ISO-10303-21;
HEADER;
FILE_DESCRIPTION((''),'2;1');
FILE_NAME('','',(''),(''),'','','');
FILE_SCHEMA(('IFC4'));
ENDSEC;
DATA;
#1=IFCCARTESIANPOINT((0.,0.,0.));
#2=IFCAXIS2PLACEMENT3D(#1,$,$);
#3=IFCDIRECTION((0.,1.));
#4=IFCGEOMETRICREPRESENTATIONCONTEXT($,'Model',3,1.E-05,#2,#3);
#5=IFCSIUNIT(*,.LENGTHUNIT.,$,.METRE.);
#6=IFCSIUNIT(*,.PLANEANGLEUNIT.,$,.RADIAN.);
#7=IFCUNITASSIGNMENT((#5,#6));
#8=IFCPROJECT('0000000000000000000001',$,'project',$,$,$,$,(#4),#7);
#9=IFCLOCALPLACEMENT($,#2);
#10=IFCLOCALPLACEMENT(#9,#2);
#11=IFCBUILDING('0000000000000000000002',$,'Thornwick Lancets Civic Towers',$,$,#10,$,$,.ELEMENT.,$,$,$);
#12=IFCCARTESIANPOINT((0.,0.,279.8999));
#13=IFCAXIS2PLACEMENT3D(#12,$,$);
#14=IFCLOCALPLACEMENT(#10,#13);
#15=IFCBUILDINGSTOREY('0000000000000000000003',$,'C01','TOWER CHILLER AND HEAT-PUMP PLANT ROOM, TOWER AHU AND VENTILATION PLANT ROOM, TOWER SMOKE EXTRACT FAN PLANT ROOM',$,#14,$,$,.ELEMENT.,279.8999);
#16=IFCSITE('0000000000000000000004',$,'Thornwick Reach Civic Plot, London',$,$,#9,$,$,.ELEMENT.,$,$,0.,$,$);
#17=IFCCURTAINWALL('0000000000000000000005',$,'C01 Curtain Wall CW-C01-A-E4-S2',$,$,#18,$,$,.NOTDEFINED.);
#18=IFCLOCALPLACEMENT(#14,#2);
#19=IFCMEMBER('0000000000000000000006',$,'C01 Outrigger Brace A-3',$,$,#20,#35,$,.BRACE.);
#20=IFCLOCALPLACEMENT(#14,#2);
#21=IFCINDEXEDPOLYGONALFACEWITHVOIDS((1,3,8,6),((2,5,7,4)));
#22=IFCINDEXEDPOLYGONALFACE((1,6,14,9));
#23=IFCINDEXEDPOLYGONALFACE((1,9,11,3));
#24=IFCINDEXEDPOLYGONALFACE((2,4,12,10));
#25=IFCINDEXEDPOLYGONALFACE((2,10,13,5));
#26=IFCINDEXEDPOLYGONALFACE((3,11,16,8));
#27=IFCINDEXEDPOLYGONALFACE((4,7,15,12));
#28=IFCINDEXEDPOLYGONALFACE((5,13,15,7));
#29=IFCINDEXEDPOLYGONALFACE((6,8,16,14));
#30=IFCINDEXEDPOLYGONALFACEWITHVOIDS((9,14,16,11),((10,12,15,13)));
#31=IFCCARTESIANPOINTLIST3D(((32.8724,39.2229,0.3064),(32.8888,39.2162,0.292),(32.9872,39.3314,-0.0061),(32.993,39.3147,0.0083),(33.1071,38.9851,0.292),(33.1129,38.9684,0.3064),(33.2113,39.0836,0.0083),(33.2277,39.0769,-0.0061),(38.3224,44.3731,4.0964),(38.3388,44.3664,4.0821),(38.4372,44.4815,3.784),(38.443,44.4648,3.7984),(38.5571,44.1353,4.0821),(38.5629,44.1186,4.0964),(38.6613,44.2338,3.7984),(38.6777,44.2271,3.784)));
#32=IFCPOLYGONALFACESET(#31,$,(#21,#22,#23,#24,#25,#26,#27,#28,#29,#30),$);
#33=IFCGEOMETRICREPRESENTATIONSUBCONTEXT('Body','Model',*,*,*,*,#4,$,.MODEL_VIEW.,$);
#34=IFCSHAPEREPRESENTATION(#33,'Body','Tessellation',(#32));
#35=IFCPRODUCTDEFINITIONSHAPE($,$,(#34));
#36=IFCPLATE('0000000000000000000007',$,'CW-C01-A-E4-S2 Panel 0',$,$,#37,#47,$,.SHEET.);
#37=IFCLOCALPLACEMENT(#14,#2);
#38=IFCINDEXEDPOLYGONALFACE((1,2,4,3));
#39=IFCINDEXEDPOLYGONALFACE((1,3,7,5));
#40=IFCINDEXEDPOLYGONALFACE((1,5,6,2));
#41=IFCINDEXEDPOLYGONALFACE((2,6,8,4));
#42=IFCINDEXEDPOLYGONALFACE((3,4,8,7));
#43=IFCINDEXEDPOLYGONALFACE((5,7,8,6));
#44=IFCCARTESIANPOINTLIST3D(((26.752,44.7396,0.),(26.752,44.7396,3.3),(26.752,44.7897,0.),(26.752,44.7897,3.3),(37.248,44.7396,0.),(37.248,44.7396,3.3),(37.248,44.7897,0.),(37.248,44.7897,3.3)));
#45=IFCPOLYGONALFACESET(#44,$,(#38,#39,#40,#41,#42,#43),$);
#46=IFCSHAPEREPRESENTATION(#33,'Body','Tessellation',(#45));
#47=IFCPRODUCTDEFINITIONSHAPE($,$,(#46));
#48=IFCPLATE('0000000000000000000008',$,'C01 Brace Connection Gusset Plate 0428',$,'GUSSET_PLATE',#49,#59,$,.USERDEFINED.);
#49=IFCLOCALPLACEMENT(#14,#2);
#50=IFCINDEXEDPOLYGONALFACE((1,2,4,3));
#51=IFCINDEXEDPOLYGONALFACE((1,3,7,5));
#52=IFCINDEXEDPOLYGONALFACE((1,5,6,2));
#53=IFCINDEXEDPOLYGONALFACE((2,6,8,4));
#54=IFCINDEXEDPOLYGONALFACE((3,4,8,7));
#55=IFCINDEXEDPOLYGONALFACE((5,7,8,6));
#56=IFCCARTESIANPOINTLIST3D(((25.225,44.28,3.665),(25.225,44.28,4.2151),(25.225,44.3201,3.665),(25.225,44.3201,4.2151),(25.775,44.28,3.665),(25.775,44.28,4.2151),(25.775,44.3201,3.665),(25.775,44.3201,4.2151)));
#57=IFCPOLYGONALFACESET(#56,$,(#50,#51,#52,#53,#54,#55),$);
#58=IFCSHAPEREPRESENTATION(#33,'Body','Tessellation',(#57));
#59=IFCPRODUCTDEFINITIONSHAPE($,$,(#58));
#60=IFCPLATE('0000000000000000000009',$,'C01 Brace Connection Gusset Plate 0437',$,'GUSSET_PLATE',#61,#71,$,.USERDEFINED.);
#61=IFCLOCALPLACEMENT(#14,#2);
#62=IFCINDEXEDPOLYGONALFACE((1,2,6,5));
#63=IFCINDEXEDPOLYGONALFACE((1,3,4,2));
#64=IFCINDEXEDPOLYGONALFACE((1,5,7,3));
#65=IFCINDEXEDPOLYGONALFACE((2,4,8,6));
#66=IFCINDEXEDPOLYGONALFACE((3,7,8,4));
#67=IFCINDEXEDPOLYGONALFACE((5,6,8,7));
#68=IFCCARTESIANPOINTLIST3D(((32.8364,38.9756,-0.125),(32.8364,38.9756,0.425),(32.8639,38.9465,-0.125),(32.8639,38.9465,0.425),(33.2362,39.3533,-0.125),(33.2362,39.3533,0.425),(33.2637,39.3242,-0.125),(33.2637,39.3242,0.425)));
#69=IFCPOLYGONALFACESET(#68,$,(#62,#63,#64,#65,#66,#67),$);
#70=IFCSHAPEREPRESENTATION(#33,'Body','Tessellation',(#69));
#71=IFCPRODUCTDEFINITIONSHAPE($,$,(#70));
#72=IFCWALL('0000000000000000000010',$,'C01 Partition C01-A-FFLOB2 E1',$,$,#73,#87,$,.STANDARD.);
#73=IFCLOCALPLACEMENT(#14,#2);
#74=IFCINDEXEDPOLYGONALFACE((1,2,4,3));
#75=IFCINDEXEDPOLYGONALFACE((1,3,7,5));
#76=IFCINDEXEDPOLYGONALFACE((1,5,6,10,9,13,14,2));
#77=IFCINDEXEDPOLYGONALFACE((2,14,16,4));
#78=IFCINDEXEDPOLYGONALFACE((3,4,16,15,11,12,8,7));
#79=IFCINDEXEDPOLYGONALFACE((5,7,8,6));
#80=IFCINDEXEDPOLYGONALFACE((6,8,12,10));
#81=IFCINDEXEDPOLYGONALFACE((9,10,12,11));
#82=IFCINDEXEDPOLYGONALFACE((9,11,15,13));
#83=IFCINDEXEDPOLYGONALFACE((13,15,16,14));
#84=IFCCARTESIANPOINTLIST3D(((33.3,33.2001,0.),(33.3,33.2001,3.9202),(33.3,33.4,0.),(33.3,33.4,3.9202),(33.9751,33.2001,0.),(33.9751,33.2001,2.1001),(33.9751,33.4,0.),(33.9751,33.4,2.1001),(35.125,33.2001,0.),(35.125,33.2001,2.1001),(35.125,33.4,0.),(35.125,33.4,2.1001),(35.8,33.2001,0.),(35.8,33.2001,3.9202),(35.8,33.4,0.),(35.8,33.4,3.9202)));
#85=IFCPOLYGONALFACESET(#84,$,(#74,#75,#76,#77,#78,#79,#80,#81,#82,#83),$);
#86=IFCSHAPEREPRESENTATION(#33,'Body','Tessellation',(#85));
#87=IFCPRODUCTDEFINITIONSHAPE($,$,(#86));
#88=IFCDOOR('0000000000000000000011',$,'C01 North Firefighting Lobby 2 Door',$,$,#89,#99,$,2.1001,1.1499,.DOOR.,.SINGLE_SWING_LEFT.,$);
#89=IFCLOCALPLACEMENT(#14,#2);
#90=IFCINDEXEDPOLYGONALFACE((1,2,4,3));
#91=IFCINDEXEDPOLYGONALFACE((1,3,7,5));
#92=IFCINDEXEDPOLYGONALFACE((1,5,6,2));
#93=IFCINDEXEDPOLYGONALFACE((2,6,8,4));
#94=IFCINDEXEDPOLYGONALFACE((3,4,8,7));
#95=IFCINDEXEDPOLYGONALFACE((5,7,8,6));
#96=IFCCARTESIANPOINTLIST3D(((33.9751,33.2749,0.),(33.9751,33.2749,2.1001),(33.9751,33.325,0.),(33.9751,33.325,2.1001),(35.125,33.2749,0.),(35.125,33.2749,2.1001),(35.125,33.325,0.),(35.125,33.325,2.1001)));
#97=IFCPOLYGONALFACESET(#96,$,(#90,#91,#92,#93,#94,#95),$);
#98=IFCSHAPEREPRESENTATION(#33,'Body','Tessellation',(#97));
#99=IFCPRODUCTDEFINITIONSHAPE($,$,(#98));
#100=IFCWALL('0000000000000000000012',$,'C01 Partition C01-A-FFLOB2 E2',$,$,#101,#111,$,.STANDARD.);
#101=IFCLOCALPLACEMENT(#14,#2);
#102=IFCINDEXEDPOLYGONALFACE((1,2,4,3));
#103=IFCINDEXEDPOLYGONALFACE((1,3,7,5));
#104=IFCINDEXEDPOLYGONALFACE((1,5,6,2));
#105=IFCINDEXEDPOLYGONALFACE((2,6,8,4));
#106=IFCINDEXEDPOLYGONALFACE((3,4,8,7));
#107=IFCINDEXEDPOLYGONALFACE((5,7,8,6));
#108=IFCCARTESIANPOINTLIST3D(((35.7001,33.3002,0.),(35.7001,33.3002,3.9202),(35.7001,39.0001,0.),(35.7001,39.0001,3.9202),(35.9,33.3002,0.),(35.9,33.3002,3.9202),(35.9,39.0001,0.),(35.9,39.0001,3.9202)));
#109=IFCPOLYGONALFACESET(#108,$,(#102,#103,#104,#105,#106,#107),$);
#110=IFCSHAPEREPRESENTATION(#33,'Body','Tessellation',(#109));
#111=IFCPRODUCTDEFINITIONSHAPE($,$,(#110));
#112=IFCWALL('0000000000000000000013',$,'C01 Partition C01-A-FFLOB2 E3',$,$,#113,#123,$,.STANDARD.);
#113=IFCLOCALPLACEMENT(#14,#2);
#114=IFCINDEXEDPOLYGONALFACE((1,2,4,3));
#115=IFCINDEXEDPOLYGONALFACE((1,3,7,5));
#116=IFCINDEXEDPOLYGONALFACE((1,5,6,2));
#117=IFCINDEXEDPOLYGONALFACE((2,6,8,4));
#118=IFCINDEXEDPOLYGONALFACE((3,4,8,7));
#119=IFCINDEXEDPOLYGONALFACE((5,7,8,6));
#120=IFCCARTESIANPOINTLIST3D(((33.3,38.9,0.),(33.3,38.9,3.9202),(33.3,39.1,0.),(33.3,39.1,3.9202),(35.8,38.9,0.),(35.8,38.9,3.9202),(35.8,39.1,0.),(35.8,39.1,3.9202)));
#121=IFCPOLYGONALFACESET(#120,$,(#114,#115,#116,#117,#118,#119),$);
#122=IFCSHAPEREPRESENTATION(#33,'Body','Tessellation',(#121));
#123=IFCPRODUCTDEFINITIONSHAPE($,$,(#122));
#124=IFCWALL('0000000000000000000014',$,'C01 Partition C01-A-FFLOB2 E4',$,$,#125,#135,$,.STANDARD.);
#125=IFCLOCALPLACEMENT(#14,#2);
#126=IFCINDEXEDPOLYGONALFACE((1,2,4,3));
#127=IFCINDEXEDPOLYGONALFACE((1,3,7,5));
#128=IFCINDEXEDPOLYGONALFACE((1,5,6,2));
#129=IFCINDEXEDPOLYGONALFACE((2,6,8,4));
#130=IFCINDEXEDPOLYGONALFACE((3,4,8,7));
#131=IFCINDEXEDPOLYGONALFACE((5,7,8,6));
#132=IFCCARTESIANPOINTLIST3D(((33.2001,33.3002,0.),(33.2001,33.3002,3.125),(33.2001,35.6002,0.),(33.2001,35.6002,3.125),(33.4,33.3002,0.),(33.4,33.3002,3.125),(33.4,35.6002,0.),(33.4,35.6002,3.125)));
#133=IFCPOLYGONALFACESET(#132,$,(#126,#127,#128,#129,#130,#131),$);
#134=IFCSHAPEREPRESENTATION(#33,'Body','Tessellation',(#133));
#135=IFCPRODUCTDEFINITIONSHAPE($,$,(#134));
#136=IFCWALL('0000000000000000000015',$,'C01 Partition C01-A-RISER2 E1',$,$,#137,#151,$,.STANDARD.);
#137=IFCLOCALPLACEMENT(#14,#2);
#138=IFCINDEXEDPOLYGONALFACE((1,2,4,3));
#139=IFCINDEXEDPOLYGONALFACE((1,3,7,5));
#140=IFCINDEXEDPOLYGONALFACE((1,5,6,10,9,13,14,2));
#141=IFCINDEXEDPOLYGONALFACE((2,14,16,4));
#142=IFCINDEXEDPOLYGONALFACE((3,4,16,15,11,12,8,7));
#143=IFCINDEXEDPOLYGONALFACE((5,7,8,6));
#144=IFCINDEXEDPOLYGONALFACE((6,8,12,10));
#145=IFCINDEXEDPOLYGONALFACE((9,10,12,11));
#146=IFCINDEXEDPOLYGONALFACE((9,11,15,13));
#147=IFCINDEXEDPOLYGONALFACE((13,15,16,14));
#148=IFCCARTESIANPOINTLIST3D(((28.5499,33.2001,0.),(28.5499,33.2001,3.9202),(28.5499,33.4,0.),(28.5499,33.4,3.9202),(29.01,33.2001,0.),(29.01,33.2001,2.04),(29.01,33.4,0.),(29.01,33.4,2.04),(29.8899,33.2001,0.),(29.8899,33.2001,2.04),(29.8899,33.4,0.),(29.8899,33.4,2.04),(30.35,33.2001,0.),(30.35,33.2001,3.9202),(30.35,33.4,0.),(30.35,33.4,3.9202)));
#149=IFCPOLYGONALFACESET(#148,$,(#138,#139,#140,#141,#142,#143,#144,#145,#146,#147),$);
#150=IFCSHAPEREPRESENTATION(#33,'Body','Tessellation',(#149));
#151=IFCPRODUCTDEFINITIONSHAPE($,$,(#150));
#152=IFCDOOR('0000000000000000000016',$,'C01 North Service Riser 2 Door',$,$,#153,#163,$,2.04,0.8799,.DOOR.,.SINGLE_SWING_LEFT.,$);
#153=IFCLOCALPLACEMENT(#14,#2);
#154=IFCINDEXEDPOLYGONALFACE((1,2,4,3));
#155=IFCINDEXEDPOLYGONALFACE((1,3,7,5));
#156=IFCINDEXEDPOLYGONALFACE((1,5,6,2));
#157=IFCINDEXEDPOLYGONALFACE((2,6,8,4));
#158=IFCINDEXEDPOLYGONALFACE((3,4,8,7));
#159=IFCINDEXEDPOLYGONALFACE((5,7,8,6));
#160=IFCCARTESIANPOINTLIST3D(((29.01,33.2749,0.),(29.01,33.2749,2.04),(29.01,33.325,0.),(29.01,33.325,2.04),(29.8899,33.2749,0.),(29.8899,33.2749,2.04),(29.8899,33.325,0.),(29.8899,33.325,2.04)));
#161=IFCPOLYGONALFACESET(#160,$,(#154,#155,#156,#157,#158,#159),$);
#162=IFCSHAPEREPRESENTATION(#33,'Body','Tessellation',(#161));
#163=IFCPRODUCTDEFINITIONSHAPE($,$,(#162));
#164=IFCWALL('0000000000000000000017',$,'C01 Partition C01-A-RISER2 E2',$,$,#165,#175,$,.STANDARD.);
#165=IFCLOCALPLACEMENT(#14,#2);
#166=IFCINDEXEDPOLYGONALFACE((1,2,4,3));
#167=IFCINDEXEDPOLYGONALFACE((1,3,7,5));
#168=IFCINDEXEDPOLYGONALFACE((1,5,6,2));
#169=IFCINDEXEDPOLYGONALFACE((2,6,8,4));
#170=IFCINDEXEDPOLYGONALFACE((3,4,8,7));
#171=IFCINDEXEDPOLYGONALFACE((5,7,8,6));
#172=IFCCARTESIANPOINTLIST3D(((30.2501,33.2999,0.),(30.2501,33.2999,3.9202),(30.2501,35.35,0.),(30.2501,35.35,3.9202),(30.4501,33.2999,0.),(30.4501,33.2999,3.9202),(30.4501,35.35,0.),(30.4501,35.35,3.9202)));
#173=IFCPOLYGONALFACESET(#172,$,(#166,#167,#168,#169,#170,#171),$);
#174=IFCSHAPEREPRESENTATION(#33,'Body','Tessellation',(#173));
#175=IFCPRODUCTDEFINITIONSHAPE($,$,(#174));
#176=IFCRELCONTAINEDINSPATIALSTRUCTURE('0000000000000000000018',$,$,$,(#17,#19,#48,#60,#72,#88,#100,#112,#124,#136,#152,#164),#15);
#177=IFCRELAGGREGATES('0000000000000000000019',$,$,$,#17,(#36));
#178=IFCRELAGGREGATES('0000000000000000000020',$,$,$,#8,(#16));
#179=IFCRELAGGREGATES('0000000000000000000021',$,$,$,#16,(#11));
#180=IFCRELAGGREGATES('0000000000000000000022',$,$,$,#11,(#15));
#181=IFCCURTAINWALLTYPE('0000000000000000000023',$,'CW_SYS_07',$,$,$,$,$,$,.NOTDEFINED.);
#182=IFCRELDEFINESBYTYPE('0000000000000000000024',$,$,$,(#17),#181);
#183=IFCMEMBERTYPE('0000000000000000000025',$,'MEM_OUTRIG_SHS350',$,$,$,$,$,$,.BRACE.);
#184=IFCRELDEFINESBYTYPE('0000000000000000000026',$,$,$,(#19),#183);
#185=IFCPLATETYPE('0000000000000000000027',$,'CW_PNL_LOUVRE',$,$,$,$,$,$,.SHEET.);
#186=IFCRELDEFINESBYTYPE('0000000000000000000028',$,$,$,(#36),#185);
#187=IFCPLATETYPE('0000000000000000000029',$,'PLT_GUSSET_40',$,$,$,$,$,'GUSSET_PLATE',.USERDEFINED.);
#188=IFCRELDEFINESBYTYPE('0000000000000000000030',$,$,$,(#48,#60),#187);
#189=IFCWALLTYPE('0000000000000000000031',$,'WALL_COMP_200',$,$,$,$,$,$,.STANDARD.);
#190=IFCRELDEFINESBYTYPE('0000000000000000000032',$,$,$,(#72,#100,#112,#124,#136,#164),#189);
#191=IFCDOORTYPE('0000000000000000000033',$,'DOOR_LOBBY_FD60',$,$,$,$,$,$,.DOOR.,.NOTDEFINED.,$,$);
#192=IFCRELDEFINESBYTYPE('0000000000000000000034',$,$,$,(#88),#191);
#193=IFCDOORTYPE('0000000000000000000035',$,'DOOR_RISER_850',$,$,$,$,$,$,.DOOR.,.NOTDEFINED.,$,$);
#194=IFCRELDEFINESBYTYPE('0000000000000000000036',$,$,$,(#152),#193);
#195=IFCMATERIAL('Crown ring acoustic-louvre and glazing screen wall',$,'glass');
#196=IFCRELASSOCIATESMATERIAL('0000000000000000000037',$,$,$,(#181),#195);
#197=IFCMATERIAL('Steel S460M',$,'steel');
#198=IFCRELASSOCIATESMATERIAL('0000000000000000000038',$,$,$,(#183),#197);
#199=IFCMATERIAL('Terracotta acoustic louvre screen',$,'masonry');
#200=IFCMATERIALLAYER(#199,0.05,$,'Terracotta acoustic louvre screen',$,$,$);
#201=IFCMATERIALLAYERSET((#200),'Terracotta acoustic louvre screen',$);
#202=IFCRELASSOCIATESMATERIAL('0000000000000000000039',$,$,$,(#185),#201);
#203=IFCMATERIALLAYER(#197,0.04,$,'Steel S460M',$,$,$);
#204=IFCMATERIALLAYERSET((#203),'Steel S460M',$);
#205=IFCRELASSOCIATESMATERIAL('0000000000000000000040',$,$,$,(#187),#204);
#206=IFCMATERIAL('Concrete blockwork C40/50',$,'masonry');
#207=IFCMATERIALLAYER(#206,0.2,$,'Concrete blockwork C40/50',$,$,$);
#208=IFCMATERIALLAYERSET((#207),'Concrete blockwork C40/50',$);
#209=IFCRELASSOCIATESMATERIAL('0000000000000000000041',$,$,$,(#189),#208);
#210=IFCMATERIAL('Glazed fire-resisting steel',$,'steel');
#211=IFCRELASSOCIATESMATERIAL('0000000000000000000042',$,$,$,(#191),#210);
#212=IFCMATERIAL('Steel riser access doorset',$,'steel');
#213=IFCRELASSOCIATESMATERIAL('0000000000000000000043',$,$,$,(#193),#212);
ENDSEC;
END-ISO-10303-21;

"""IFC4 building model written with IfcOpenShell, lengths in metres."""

from ifc_helpers import new_model, si_unit, direction, frame, frame_2d, origin, origin_2d, place, context, subcontext, project, spatial, rectangle, hollow_rectangle, extrude, material, layer, layer_set, material_profile, profile_set, type_object, element, fill, aggregate, save


model = new_model("IFC4")

# Units and contexts
model_context = context("Model", 3, precision=1e-05, world=origin(), true_north=direction((0.0, 1.0)))
body_context = subcontext(model_context, "Body", "Model", "MODEL_VIEW")
ifc_project = project(units=[si_unit("LENGTHUNIT", "METRE"), si_unit("PLANEANGLEUNIT", "RADIAN")], contexts=[model_context])

# Site, building, storey
site_placement = place(None, origin())
site = spatial("IfcSite", under=ifc_project, at=site_placement, Name="Thornwick Reach Civic Plot, London", CompositionType="ELEMENT", RefElevation=0.0)
building_placement = place(site_placement, origin())
building = spatial("IfcBuilding", under=site, at=building_placement, Name="Thornwick Lancets Civic Towers", CompositionType="ELEMENT")
storey_placement = place(building_placement, frame((0.0, 0.0, 279.8999)))
storey = spatial("IfcBuildingStorey", under=building, at=storey_placement, Name="C01", Description="TOWER CHILLER AND HEAT-PUMP PLANT ROOM, TOWER AHU AND VENTILATION PLANT ROOM, TOWER SMOKE EXTRACT FAN PLANT ROOM", CompositionType="ELEMENT", Elevation=279.8999)

# Curtain wall
ifc_material_1 = material(Name="Crown ring acoustic-louvre and glazing screen wall", Category="glass")
curtain_wall_type = type_object("IfcCurtainWallType", Name="CW_SYS_07", PredefinedType="NOTDEFINED", material=ifc_material_1)
curtain_wall_placement = place(storey_placement, origin())
curtain_wall = element("IfcCurtainWall", 1, at=curtain_wall_placement, inside=storey, type_object=curtain_wall_type, Name="C01 Curtain Wall CW-C01-A-E4-S2", PredefinedType="NOTDEFINED")

# Member
ifc_material_2 = material(Name="Steel S460M", Category="steel")
ifc_material_profile_1 = material_profile(ifc_material_2, hollow_rectangle(XDim=0.3501, YDim=0.3501, WallThickness=0.0161, at=origin_2d()), Name="SHS 350x350x16")
ifc_profile_set_1 = profile_set([ifc_material_profile_1], Name="Steel S460M")
member_type_1 = type_object("IfcMemberType", Name="MEM_OUTRIG_SHS350", PredefinedType="BRACE", material=ifc_profile_set_1)
member_1_placement = place(storey_placement, frame((33.05, 39.1499, 0.1501), z_axis=(0.648664, 0.612981, 0.451098), x_axis=(-0.686833, 0.726815, 0.0)))
element("IfcMember", 2, at=member_1_placement, inside=storey, type_object=member_type_1, Name="C01 Outrigger Brace A-3", PredefinedType="BRACE", context=body_context, shape_type="SweptSolid", body=[
    extrude(hollow_rectangle(XDim=0.3501, YDim=0.3501, WallThickness=0.0161, at=origin_2d()), origin(), (0.0, 0.0, 1.0), 8.4019),
])

# Plate
ifc_material_3 = material(Name="Terracotta acoustic louvre screen", Category="masonry")
ifc_layer_1 = layer(ifc_material_3, 0.05, Name="Terracotta acoustic louvre screen")
ifc_layer_set_1 = layer_set([ifc_layer_1], Name="Terracotta acoustic louvre screen")
plate_type_1 = type_object("IfcPlateType", Name="CW_PNL_LOUVRE", PredefinedType="SHEET", material=ifc_layer_set_1)
plate_placement = place(storey_placement, frame((32.0, 44.7646, 0.0), z_axis=(0.0, 0.0, 1.0), x_axis=(-1.0, 0.0, 0.0)))
plate = element("IfcPlate", 3, at=plate_placement, type_object=plate_type_1, Name="CW-C01-A-E4-S2 Panel 0", PredefinedType="SHEET", context=body_context, shape_type="SweptSolid", body=[
    extrude(rectangle(XDim=10.4961, YDim=0.05, at=origin_2d()), origin(), (0.0, 0.0, 1.0), 3.3),
])
aggregate(curtain_wall, [plate])

# Plates
ifc_layer_2 = layer(ifc_material_2, 0.04, Name="Steel S460M")
ifc_layer_set_2 = layer_set([ifc_layer_2], Name="Steel S460M")
plate_type_2 = type_object("IfcPlateType", Name="PLT_GUSSET_40", ElementType="GUSSET_PLATE", PredefinedType="USERDEFINED", material=ifc_layer_set_2)
for number, where, z_axis, x_axis, name in (
    (4, (25.5, 44.3, 3.665), (0.0, 0.0, 1.0), (1.0, 0.0, 0.0), "C01 Brace Connection Gusset Plate 0428"),
    (5, (33.05, 39.1499, -0.125), (0.0, 0.0, 1.0), (0.726814, 0.686834, 0.0), "C01 Brace Connection Gusset Plate 0437"),
):
    element("IfcPlate", number, at=place(storey_placement, frame(where, z_axis=z_axis, x_axis=x_axis)), inside=storey, type_object=plate_type_2, Name=name, ObjectType="GUSSET_PLATE", PredefinedType="USERDEFINED", context=body_context, shape_type="SweptSolid", body=[
        extrude(rectangle(XDim=0.55, YDim=0.04, at=origin_2d()), origin(), (0.0, 0.0, 1.0), 0.55),
    ])

# Wall, opening, door
ifc_material_4 = material(Name="Concrete blockwork C40/50", Category="masonry")
ifc_layer_3 = layer(ifc_material_4, 0.2, Name="Concrete blockwork C40/50")
ifc_layer_set_3 = layer_set([ifc_layer_3], Name="Concrete blockwork C40/50")
wall_type_1 = type_object("IfcWallType", Name="WALL_COMP_200", PredefinedType="STANDARD", material=ifc_layer_set_3)
wall_1_placement = place(storey_placement, frame((33.3, 33.3, 0.0), z_axis=(0.0, 0.0, 1.0), x_axis=(1.0, 0.0, 0.0)))
wall_1 = element("IfcWall", 6, at=wall_1_placement, inside=storey, type_object=wall_type_1, Name="C01 Partition C01-A-FFLOB2 E1", PredefinedType="STANDARD", context=body_context, shape_type="SweptSolid", body=[
    extrude(rectangle(XDim=2.5, YDim=0.2, at=frame_2d((1.25, 0.0))), origin(), (0.0, 0.0, 1.0), 3.9202),
])
opening_1_placement = place(wall_1_placement, frame((0.675, 0.0, 0.0)))
opening_1 = element("IfcOpeningElement", 7, at=opening_1_placement, cuts=wall_1, PredefinedType="OPENING", context=body_context, shape_type="SweptSolid", body=[
    extrude(rectangle(XDim=1.1499, YDim=2.1001, at=frame_2d((0.575, 1.05))), frame((0.0, 0.1099, 0.0), z_axis=(0.0, -1.0, 0.0), x_axis=(1.0, 0.0, 0.0)), (0.0, 0.0, 1.0), 0.22),
])
ifc_material_5 = material(Name="Glazed fire-resisting steel", Category="steel")
door_type_1 = type_object("IfcDoorType", Name="DOOR_LOBBY_FD60", OperationType="NOTDEFINED", PredefinedType="DOOR", material=ifc_material_5)
door_1_placement = place(opening_1_placement, origin())
door_1 = element("IfcDoor", 8, at=door_1_placement, inside=storey, type_object=door_type_1, Name="C01 North Firefighting Lobby 2 Door", OperationType="SINGLE_SWING_LEFT", OverallHeight=2.1001, OverallWidth=1.1499, PredefinedType="DOOR", context=body_context, shape_type="SweptSolid", body=[
    extrude(rectangle(XDim=1.1499, YDim=2.1001, at=frame_2d((0.575, 1.05))), frame((0.0, 0.0249, 0.0), z_axis=(0.0, -1.0, 0.0), x_axis=(1.0, 0.0, 0.0)), (0.0, 0.0, 1.0), 0.05),
])
fill(opening_1, door_1)

# Walls
wall_2_placement = place(storey_placement, frame((35.8, 33.3, 0.0), z_axis=(0.0, 0.0, 1.0), x_axis=(0.0, 1.0, 0.0)))
element("IfcWall", 9, at=wall_2_placement, inside=storey, type_object=wall_type_1, Name="C01 Partition C01-A-FFLOB2 E2", PredefinedType="STANDARD", context=body_context, shape_type="SweptSolid", body=[
    extrude(rectangle(XDim=5.7, YDim=0.2, at=frame_2d((2.8501, 0.0))), origin(), (0.0, 0.0, 1.0), 3.9202),
])
wall_3_placement = place(storey_placement, frame((35.8, 39.0, 0.0), z_axis=(0.0, 0.0, 1.0), x_axis=(-1.0, 0.0, 0.0)))
element("IfcWall", 10, at=wall_3_placement, inside=storey, type_object=wall_type_1, Name="C01 Partition C01-A-FFLOB2 E3", PredefinedType="STANDARD", context=body_context, shape_type="SweptSolid", body=[
    extrude(rectangle(XDim=2.5, YDim=0.2, at=frame_2d((1.25, 0.0))), origin(), (0.0, 0.0, 1.0), 3.9202),
])
wall_4_placement = place(storey_placement, frame((33.3, 35.6001, 0.0), z_axis=(0.0, 0.0, 1.0), x_axis=(0.0, -1.0, 0.0)))
element("IfcWall", 11, at=wall_4_placement, inside=storey, type_object=wall_type_1, Name="C01 Partition C01-A-FFLOB2 E4", PredefinedType="STANDARD", context=body_context, shape_type="SweptSolid", body=[
    extrude(rectangle(XDim=2.3, YDim=0.2, at=frame_2d((1.1499, 0.0))), origin(), (0.0, 0.0, 1.0), 3.125),
])

# Wall, opening, door
wall_5_placement = place(storey_placement, frame((28.55, 33.3, 0.0), z_axis=(0.0, 0.0, 1.0), x_axis=(1.0, 0.0, 0.0)))
wall_5 = element("IfcWall", 12, at=wall_5_placement, inside=storey, type_object=wall_type_1, Name="C01 Partition C01-A-RISER2 E1", PredefinedType="STANDARD", context=body_context, shape_type="SweptSolid", body=[
    extrude(rectangle(XDim=1.8, YDim=0.2, at=frame_2d((0.8999, 0.0))), origin(), (0.0, 0.0, 1.0), 3.9202),
])
opening_2_placement = place(wall_5_placement, frame((0.46, 0.0, 0.0)))
opening_2 = element("IfcOpeningElement", 13, at=opening_2_placement, cuts=wall_5, PredefinedType="OPENING", context=body_context, shape_type="SweptSolid", body=[
    extrude(rectangle(XDim=0.8799, YDim=2.04, at=frame_2d((0.4399, 1.02))), frame((0.0, 0.1099, 0.0), z_axis=(0.0, -1.0, 0.0), x_axis=(1.0, 0.0, 0.0)), (0.0, 0.0, 1.0), 0.22),
])
ifc_material_6 = material(Name="Steel riser access doorset", Category="steel")
door_type_2 = type_object("IfcDoorType", Name="DOOR_RISER_850", OperationType="NOTDEFINED", PredefinedType="DOOR", material=ifc_material_6)
door_2_placement = place(opening_2_placement, origin())
door_2 = element("IfcDoor", 14, at=door_2_placement, inside=storey, type_object=door_type_2, Name="C01 North Service Riser 2 Door", OperationType="SINGLE_SWING_LEFT", OverallHeight=2.04, OverallWidth=0.8799, PredefinedType="DOOR", context=body_context, shape_type="SweptSolid", body=[
    extrude(rectangle(XDim=0.8799, YDim=2.04, at=frame_2d((0.4399, 1.02))), frame((0.0, 0.0249, 0.0), z_axis=(0.0, -1.0, 0.0), x_axis=(1.0, 0.0, 0.0)), (0.0, 0.0, 1.0), 0.05),
])
fill(opening_2, door_2)

# Wall
wall_6_placement = place(storey_placement, frame((30.3501, 33.3, 0.0), z_axis=(0.0, 0.0, 1.0), x_axis=(0.0, 1.0, 0.0)))
element("IfcWall", 15, at=wall_6_placement, inside=storey, type_object=wall_type_1, Name="C01 Partition C01-A-RISER2 E2", PredefinedType="STANDARD", context=body_context, shape_type="SweptSolid", body=[
    extrude(rectangle(XDim=2.05, YDim=0.2, at=frame_2d((1.0249, 0.0))), origin(), (0.0, 0.0, 1.0), 3.9202),
])

save(model, "model.ifc")
